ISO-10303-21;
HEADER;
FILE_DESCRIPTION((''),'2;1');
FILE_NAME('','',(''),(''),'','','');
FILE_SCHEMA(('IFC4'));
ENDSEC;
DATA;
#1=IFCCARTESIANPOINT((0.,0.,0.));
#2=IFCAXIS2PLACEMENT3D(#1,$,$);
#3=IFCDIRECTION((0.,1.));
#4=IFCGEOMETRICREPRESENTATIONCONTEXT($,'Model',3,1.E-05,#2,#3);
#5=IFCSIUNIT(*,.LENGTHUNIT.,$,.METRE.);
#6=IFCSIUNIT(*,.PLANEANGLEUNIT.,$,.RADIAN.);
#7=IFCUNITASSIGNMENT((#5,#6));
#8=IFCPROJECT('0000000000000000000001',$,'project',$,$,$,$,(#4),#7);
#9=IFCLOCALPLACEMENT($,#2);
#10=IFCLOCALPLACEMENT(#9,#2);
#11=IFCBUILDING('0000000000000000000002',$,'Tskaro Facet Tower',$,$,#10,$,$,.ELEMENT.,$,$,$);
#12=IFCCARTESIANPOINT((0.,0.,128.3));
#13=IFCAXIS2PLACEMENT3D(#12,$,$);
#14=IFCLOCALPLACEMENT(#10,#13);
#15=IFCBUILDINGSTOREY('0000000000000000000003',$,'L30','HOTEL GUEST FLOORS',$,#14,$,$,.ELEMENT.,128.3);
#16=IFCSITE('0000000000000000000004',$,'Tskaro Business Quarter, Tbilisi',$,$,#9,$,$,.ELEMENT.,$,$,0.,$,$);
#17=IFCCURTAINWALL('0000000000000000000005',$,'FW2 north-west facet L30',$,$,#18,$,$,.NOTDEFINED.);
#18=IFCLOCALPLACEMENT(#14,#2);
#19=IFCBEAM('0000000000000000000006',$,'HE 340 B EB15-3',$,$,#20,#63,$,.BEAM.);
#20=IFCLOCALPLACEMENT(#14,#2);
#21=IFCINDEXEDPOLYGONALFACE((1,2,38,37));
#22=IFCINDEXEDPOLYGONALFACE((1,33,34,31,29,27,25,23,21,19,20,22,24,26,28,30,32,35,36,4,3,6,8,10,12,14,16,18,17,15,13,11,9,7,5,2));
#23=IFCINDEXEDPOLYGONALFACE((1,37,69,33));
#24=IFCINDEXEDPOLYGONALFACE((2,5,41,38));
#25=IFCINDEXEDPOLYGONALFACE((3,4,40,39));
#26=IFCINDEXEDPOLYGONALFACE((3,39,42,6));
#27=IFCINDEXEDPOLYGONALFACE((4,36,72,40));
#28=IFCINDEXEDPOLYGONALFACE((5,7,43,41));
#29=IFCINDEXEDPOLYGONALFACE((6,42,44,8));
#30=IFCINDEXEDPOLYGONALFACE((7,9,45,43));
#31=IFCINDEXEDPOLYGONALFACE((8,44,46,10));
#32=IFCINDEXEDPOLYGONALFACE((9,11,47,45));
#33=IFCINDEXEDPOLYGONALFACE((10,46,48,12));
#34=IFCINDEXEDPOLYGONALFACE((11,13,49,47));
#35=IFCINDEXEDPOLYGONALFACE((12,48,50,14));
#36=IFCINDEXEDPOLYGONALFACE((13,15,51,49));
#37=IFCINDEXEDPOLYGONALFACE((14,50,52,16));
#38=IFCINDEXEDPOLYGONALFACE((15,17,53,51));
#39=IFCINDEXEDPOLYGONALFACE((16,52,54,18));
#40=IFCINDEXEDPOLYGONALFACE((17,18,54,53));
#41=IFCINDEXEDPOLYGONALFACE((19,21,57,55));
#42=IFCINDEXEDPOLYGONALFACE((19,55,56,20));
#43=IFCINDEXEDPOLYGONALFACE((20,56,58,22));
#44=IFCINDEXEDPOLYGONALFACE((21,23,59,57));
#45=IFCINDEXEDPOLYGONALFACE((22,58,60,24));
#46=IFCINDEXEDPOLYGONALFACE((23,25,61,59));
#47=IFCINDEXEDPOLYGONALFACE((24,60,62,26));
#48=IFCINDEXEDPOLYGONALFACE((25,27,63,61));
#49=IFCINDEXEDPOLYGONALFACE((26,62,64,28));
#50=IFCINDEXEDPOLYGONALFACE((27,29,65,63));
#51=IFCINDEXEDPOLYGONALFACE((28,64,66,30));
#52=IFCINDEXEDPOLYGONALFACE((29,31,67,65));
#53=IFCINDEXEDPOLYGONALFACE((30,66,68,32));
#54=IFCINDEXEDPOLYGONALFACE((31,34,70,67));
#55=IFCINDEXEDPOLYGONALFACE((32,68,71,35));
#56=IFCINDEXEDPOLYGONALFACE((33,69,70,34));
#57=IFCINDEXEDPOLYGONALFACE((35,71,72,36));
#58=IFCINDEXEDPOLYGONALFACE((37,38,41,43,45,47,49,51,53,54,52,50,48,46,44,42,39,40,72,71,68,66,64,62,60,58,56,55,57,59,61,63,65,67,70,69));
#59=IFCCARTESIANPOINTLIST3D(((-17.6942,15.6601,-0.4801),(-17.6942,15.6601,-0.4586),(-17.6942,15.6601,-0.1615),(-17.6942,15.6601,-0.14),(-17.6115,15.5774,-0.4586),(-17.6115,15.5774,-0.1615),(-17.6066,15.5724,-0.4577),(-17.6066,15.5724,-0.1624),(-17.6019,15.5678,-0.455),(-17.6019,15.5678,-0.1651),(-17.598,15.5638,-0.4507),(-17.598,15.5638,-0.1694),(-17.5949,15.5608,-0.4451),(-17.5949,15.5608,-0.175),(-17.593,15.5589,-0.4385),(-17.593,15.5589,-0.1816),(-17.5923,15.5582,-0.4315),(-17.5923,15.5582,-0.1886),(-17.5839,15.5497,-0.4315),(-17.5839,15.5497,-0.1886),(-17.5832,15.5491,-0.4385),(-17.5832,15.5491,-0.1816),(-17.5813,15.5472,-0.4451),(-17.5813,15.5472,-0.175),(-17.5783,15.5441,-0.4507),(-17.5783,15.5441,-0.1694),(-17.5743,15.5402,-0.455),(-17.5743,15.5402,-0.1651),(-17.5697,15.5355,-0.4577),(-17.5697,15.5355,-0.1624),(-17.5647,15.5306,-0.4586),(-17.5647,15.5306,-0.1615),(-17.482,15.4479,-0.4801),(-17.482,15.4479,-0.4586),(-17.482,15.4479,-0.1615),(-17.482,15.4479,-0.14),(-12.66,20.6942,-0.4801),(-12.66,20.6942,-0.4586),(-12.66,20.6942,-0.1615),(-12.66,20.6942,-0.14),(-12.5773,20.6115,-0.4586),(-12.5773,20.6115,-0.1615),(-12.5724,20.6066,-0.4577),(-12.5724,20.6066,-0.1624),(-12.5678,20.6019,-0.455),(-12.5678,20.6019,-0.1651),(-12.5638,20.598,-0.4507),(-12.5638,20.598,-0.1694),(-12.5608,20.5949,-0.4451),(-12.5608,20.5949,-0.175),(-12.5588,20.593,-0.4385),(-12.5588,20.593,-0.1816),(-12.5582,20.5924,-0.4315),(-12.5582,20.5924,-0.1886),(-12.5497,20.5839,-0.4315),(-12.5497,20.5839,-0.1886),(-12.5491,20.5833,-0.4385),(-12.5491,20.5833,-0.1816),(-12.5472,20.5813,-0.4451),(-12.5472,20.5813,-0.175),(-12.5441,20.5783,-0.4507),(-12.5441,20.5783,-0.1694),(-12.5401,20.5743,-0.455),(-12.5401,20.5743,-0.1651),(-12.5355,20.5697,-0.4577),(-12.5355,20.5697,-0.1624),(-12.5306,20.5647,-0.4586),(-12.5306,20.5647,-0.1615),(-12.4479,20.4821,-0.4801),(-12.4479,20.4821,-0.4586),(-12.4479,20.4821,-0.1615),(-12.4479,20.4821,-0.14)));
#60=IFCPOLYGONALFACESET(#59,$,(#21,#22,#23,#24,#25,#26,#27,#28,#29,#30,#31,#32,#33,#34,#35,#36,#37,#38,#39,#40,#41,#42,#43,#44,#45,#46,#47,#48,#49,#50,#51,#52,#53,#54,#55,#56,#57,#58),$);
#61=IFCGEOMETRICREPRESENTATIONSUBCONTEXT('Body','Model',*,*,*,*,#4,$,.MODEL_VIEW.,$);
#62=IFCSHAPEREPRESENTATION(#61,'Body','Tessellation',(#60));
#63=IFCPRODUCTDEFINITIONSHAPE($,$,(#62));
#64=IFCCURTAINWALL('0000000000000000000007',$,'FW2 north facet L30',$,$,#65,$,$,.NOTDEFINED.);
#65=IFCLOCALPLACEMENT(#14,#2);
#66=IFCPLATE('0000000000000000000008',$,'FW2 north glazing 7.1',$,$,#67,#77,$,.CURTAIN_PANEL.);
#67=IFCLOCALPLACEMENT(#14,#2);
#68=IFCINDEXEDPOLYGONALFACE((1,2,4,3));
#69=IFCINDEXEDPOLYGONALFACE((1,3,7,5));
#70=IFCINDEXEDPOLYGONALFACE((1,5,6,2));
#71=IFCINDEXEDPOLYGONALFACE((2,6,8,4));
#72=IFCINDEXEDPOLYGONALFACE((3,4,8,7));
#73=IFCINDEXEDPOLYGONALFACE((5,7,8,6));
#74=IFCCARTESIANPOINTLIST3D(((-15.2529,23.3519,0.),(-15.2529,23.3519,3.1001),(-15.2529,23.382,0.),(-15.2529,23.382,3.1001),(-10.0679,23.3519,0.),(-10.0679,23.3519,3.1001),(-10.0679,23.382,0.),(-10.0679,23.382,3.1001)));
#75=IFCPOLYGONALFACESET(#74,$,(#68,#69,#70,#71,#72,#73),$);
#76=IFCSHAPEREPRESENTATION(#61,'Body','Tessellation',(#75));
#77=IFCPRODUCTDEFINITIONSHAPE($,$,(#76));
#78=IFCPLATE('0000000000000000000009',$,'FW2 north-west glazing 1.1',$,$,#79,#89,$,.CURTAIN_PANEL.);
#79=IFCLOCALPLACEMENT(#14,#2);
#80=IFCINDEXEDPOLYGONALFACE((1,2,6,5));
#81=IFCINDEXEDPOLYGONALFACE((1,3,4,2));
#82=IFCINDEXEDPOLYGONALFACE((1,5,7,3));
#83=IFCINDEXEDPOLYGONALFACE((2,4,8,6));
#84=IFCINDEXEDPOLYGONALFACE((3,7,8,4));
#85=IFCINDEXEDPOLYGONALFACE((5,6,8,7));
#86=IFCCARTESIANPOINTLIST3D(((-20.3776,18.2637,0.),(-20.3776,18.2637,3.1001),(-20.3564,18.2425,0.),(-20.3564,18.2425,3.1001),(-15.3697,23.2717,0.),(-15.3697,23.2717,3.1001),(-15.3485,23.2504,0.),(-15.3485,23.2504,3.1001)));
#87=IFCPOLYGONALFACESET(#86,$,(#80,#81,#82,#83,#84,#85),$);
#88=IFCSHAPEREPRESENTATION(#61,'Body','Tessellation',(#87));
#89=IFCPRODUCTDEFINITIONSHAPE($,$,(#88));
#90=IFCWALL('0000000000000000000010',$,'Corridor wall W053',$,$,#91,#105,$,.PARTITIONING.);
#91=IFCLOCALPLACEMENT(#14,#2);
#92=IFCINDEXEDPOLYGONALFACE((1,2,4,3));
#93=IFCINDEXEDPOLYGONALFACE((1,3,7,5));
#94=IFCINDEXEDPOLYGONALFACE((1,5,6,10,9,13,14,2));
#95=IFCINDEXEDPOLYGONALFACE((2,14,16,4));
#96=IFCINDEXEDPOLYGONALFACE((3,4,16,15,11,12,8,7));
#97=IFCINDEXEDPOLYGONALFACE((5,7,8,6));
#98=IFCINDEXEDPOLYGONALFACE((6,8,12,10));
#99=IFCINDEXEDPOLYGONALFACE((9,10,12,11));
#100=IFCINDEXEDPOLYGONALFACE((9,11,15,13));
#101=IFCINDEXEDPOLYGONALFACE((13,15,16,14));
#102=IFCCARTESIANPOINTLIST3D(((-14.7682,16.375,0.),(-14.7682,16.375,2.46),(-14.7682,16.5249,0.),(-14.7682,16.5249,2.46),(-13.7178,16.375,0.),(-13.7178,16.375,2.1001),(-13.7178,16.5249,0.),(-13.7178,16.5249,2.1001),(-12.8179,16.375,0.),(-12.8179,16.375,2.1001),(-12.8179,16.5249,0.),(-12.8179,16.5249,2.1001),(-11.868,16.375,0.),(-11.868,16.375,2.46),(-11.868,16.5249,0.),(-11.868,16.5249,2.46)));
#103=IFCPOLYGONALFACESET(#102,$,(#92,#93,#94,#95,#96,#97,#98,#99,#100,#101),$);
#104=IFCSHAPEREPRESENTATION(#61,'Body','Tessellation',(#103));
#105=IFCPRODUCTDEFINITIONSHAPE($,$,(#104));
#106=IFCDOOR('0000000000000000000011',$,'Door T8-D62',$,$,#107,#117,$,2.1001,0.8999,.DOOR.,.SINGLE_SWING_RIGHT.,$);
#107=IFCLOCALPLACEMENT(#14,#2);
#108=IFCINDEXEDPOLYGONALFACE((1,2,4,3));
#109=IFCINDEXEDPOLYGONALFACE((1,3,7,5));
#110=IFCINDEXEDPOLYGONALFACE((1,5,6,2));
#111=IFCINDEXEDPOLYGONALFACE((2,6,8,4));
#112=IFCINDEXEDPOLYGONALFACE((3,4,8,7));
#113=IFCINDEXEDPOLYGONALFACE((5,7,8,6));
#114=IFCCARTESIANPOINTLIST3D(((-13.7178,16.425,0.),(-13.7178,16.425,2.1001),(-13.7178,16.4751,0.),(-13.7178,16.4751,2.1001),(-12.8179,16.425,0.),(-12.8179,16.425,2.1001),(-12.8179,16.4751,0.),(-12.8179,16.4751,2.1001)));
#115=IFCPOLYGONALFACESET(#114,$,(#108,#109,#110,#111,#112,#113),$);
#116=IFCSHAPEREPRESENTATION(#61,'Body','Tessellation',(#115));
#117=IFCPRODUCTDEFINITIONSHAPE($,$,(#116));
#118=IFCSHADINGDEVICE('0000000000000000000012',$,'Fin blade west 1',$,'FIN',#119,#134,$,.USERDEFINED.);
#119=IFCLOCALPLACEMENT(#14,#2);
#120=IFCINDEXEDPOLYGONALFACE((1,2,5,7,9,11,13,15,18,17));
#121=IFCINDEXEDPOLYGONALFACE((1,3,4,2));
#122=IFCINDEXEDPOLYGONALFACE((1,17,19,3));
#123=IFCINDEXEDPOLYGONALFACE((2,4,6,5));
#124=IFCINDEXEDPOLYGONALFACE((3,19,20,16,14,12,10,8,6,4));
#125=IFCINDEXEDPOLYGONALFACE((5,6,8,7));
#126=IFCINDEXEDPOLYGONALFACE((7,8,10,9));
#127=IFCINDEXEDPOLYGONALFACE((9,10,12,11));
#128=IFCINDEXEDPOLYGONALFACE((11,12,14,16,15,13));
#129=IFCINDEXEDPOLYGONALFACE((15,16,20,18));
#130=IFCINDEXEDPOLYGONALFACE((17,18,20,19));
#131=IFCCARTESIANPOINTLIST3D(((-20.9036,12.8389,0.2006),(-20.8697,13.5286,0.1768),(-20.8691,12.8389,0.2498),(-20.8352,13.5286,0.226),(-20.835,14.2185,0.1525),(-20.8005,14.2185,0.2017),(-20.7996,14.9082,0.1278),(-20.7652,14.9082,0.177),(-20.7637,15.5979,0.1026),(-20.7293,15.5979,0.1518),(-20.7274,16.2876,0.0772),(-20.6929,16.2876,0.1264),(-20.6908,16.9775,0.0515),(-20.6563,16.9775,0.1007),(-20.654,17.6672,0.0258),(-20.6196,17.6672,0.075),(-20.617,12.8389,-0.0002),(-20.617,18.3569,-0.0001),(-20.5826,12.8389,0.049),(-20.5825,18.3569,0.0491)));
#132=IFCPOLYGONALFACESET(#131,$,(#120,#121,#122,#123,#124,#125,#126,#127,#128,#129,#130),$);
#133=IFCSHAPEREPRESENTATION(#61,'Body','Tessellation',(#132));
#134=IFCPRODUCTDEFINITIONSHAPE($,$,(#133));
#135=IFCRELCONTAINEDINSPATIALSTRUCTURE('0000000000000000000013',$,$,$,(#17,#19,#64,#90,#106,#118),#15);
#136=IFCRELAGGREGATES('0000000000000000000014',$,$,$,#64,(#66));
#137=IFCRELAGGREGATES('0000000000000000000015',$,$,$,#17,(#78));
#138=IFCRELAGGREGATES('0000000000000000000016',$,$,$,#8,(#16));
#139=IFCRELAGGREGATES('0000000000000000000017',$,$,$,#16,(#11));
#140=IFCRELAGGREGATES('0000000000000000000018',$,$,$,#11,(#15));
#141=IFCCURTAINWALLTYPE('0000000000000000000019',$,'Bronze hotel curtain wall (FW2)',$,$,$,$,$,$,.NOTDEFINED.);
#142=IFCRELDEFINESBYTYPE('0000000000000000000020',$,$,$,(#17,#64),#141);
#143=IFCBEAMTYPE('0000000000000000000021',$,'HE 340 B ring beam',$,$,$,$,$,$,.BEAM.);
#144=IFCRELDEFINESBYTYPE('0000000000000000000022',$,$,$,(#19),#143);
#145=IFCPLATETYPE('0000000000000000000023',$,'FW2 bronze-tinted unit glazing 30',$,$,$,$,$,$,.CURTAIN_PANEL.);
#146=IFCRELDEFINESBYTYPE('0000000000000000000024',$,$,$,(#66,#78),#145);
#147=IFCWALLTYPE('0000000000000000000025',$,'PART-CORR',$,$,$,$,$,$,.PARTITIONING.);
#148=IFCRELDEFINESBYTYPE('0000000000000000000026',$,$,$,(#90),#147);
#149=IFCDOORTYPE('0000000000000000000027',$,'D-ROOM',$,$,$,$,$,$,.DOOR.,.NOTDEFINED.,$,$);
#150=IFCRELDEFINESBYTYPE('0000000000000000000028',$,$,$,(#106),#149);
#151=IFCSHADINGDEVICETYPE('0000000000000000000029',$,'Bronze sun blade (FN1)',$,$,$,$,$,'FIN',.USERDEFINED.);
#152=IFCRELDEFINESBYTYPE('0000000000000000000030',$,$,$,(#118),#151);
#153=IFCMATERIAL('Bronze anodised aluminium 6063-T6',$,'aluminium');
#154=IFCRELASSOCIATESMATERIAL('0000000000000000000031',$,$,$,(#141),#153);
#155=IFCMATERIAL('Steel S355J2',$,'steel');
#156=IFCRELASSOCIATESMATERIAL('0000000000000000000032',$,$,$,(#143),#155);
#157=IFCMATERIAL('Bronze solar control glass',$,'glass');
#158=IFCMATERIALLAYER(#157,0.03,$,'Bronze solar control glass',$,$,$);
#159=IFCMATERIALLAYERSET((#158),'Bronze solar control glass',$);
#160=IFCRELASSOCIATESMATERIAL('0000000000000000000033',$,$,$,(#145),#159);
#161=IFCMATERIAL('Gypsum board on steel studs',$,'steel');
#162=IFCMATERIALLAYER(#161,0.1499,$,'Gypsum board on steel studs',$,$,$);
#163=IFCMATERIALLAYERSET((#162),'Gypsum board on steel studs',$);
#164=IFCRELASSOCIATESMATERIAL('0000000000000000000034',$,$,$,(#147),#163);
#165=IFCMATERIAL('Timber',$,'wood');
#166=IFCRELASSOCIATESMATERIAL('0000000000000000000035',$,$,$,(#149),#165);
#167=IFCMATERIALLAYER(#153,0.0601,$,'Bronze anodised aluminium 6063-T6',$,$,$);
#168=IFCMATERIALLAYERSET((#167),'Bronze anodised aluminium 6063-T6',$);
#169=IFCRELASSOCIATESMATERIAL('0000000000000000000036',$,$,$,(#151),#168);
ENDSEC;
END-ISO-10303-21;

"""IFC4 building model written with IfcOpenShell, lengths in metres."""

from ifc_helpers import new_model, si_unit, direction, frame, frame_2d, origin, origin_2d, place, context, subcontext, project, spatial, polyline, rectangle, i_section, outline, extrude, material, layer, layer_set, material_profile, profile_set, type_object, element, fill, aggregate, save


model = new_model("IFC4")

# Units and contexts
model_context = context("Model", 3, precision=1e-05, world=origin(), true_north=direction((0.0, 1.0)))
body_context = subcontext(model_context, "Body", "Model", "MODEL_VIEW")
ifc_project = project(units=[si_unit("LENGTHUNIT", "METRE"), si_unit("PLANEANGLEUNIT", "RADIAN")], contexts=[model_context])

# Site, building, storey
site_placement = place(None, origin())
site = spatial("IfcSite", under=ifc_project, at=site_placement, Name="Tskaro Business Quarter, Tbilisi", CompositionType="ELEMENT", RefElevation=0.0)
building_placement = place(site_placement, origin())
building = spatial("IfcBuilding", under=site, at=building_placement, Name="Tskaro Facet Tower", CompositionType="ELEMENT")
storey_placement = place(building_placement, frame((0.0, 0.0, 128.3)))
storey = spatial("IfcBuildingStorey", under=building, at=storey_placement, Name="L30", Description="HOTEL GUEST FLOORS", CompositionType="ELEMENT", Elevation=128.3)

# Curtain wall
ifc_material_1 = material(Name="Bronze anodised aluminium 6063-T6", Category="aluminium")
curtain_wall_type = type_object("IfcCurtainWallType", Name="Bronze hotel curtain wall (FW2)", PredefinedType="NOTDEFINED", material=ifc_material_1)
curtain_wall_1_placement = place(storey_placement, origin())
curtain_wall_1 = element("IfcCurtainWall", 1, at=curtain_wall_1_placement, inside=storey, type_object=curtain_wall_type, Name="FW2 north-west facet L30", PredefinedType="NOTDEFINED")

# Beam
ifc_material_2 = material(Name="Steel S355J2", Category="steel")
ifc_material_profile_1 = material_profile(ifc_material_2, i_section(OverallWidth=0.3, OverallDepth=0.3401, WebThickness=0.012, FlangeThickness=0.0215, FilletRadius=0.0271, at=origin_2d()), Name="HE 340 B")
ifc_profile_set_1 = profile_set([ifc_material_profile_1], Name="Steel S355J2")
beam_type = type_object("IfcBeamType", Name="HE 340 B ring beam", PredefinedType="BEAM", material=ifc_profile_set_1)
beam_placement = place(storey_placement, frame((-12.554, 20.5881, -0.3101), z_axis=(-0.707107, -0.707107, 0.0), x_axis=(0.707107, -0.707107, 0.0)))
element("IfcBeam", 2, at=beam_placement, inside=storey, type_object=beam_type, Name="HE 340 B EB15-3", PredefinedType="BEAM", context=body_context, shape_type="SweptSolid", body=[
    extrude(i_section(OverallWidth=0.3, OverallDepth=0.3401, WebThickness=0.012, FlangeThickness=0.0215, FilletRadius=0.0271, at=origin_2d()), origin(), (0.0, 0.0, 1.0), 7.1194),
])

# Curtain wall, plate
curtain_wall_2_placement = place(storey_placement, origin())
curtain_wall_2 = element("IfcCurtainWall", 3, at=curtain_wall_2_placement, inside=storey, type_object=curtain_wall_type, Name="FW2 north facet L30", PredefinedType="NOTDEFINED")
ifc_material_3 = material(Name="Bronze solar control glass", Category="glass")
ifc_layer_1 = layer(ifc_material_3, 0.03, Name="Bronze solar control glass")
ifc_layer_set_1 = layer_set([ifc_layer_1], Name="Bronze solar control glass")
plate_type = type_object("IfcPlateType", Name="FW2 bronze-tinted unit glazing 30", PredefinedType="CURTAIN_PANEL", material=ifc_layer_set_1)
plate_1_placement = place(storey_placement, frame((-12.6604, 23.3669, 0.0), z_axis=(0.0, 0.0, 1.0), x_axis=(-1.0, 0.0, 0.0)))
plate_1 = element("IfcPlate", 4, at=plate_1_placement, type_object=plate_type, Name="FW2 north glazing 7.1", PredefinedType="CURTAIN_PANEL", context=body_context, shape_type="SweptSolid", body=[
    extrude(rectangle(XDim=5.1851, YDim=0.03, at=origin_2d()), origin(), (0.0, 0.0, 1.0), 3.1001),
])
aggregate(curtain_wall_2, [plate_1])

# Plate
plate_2_placement = place(storey_placement, frame((-17.863, 20.7571, 0.0), z_axis=(0.0, 0.0, 1.0), x_axis=(-0.707107, -0.707107, 0.0)))
plate_2 = element("IfcPlate", 5, at=plate_2_placement, type_object=plate_type, Name="FW2 north-west glazing 1.1", PredefinedType="CURTAIN_PANEL", context=body_context, shape_type="SweptSolid", body=[
    extrude(rectangle(XDim=7.0823, YDim=0.03, at=origin_2d()), origin(), (0.0, 0.0, 1.0), 3.1001),
])
aggregate(curtain_wall_1, [plate_2])

# Wall, opening, door
ifc_material_4 = material(Name="Gypsum board on steel studs", Category="steel")
ifc_layer_2 = layer(ifc_material_4, 0.1499, Name="Gypsum board on steel studs")
ifc_layer_set_2 = layer_set([ifc_layer_2], Name="Gypsum board on steel studs")
wall_type = type_object("IfcWallType", Name="PART-CORR", PredefinedType="PARTITIONING", material=ifc_layer_set_2)
wall_placement = place(storey_placement, frame((-11.8679, 16.45, 0.0), z_axis=(0.0, 0.0, 1.0), x_axis=(-1.0, 0.0, 0.0)))
wall = element("IfcWall", 6, at=wall_placement, inside=storey, type_object=wall_type, Name="Corridor wall W053", PredefinedType="PARTITIONING", context=body_context, shape_type="SweptSolid", body=[
    extrude(rectangle(XDim=2.9001, YDim=0.1499, at=frame_2d((1.4502, 0.0))), origin(), (0.0, 0.0, 1.0), 2.46),
])
opening_placement = place(wall_placement, frame((0.95, 0.0, 0.0)))
opening = element("IfcOpeningElement", 7, at=opening_placement, cuts=wall, PredefinedType="OPENING", context=body_context, shape_type="SweptSolid", body=[
    extrude(rectangle(XDim=0.8999, YDim=2.1001, at=frame_2d((0.45, 1.05))), frame((0.0, 0.085, 0.0), z_axis=(0.0, -1.0, 0.0), x_axis=(1.0, 0.0, 0.0)), (0.0, 0.0, 1.0), 0.1699),
])
ifc_material_5 = material(Name="Timber", Category="wood")
door_type = type_object("IfcDoorType", Name="D-ROOM", OperationType="NOTDEFINED", PredefinedType="DOOR", material=ifc_material_5)
door_placement = place(opening_placement, origin())
door = element("IfcDoor", 8, at=door_placement, inside=storey, type_object=door_type, Name="Door T8-D62", OperationType="SINGLE_SWING_RIGHT", OverallHeight=2.1001, OverallWidth=0.8999, PredefinedType="DOOR", context=body_context, shape_type="SweptSolid", body=[
    extrude(rectangle(XDim=0.8999, YDim=2.1001, at=frame_2d((0.45, 1.05))), frame((0.0, 0.0249, 0.0), z_axis=(0.0, -1.0, 0.0), x_axis=(1.0, 0.0, 0.0)), (0.0, 0.0, 1.0), 0.05),
])
fill(opening, door)

# Shading device
ifc_layer_3 = layer(ifc_material_1, 0.0601, Name="Bronze anodised aluminium 6063-T6")
ifc_layer_set_3 = layer_set([ifc_layer_3], Name="Bronze anodised aluminium 6063-T6")
shading_device_type = type_object("IfcShadingDeviceType", Name="Bronze sun blade (FN1)", ElementType="FIN", PredefinedType="USERDEFINED", material=ifc_layer_set_3)
shading_device_placement = place(storey_placement, frame((-20.5825, 18.3569, 0.0491), z_axis=(0.573693, -0.000011, 0.819071), x_axis=(-0.000006, -1.0, -0.000009)))
element("IfcShadingDevice", 9, at=shading_device_placement, inside=storey, type_object=shading_device_type, Name="Fin blade west 1", ObjectType="FIN", PredefinedType="USERDEFINED", context=body_context, shape_type="SweptSolid", body=[
    extrude(outline(polyline([(0.0, 0.0), (5.5181, 0.0), (5.5181, -0.3499), (4.8284, -0.3085), (4.1384, -0.2661), (3.4487, -0.223), (2.759, -0.1791), (2.0693, -0.1348), (1.3794, -0.0901), (0.6897, -0.0452), (0.0, 0.0)])), origin(), (0.0, 0.0, -1.0), 0.0601),
])

save(model, "model.ifc")
